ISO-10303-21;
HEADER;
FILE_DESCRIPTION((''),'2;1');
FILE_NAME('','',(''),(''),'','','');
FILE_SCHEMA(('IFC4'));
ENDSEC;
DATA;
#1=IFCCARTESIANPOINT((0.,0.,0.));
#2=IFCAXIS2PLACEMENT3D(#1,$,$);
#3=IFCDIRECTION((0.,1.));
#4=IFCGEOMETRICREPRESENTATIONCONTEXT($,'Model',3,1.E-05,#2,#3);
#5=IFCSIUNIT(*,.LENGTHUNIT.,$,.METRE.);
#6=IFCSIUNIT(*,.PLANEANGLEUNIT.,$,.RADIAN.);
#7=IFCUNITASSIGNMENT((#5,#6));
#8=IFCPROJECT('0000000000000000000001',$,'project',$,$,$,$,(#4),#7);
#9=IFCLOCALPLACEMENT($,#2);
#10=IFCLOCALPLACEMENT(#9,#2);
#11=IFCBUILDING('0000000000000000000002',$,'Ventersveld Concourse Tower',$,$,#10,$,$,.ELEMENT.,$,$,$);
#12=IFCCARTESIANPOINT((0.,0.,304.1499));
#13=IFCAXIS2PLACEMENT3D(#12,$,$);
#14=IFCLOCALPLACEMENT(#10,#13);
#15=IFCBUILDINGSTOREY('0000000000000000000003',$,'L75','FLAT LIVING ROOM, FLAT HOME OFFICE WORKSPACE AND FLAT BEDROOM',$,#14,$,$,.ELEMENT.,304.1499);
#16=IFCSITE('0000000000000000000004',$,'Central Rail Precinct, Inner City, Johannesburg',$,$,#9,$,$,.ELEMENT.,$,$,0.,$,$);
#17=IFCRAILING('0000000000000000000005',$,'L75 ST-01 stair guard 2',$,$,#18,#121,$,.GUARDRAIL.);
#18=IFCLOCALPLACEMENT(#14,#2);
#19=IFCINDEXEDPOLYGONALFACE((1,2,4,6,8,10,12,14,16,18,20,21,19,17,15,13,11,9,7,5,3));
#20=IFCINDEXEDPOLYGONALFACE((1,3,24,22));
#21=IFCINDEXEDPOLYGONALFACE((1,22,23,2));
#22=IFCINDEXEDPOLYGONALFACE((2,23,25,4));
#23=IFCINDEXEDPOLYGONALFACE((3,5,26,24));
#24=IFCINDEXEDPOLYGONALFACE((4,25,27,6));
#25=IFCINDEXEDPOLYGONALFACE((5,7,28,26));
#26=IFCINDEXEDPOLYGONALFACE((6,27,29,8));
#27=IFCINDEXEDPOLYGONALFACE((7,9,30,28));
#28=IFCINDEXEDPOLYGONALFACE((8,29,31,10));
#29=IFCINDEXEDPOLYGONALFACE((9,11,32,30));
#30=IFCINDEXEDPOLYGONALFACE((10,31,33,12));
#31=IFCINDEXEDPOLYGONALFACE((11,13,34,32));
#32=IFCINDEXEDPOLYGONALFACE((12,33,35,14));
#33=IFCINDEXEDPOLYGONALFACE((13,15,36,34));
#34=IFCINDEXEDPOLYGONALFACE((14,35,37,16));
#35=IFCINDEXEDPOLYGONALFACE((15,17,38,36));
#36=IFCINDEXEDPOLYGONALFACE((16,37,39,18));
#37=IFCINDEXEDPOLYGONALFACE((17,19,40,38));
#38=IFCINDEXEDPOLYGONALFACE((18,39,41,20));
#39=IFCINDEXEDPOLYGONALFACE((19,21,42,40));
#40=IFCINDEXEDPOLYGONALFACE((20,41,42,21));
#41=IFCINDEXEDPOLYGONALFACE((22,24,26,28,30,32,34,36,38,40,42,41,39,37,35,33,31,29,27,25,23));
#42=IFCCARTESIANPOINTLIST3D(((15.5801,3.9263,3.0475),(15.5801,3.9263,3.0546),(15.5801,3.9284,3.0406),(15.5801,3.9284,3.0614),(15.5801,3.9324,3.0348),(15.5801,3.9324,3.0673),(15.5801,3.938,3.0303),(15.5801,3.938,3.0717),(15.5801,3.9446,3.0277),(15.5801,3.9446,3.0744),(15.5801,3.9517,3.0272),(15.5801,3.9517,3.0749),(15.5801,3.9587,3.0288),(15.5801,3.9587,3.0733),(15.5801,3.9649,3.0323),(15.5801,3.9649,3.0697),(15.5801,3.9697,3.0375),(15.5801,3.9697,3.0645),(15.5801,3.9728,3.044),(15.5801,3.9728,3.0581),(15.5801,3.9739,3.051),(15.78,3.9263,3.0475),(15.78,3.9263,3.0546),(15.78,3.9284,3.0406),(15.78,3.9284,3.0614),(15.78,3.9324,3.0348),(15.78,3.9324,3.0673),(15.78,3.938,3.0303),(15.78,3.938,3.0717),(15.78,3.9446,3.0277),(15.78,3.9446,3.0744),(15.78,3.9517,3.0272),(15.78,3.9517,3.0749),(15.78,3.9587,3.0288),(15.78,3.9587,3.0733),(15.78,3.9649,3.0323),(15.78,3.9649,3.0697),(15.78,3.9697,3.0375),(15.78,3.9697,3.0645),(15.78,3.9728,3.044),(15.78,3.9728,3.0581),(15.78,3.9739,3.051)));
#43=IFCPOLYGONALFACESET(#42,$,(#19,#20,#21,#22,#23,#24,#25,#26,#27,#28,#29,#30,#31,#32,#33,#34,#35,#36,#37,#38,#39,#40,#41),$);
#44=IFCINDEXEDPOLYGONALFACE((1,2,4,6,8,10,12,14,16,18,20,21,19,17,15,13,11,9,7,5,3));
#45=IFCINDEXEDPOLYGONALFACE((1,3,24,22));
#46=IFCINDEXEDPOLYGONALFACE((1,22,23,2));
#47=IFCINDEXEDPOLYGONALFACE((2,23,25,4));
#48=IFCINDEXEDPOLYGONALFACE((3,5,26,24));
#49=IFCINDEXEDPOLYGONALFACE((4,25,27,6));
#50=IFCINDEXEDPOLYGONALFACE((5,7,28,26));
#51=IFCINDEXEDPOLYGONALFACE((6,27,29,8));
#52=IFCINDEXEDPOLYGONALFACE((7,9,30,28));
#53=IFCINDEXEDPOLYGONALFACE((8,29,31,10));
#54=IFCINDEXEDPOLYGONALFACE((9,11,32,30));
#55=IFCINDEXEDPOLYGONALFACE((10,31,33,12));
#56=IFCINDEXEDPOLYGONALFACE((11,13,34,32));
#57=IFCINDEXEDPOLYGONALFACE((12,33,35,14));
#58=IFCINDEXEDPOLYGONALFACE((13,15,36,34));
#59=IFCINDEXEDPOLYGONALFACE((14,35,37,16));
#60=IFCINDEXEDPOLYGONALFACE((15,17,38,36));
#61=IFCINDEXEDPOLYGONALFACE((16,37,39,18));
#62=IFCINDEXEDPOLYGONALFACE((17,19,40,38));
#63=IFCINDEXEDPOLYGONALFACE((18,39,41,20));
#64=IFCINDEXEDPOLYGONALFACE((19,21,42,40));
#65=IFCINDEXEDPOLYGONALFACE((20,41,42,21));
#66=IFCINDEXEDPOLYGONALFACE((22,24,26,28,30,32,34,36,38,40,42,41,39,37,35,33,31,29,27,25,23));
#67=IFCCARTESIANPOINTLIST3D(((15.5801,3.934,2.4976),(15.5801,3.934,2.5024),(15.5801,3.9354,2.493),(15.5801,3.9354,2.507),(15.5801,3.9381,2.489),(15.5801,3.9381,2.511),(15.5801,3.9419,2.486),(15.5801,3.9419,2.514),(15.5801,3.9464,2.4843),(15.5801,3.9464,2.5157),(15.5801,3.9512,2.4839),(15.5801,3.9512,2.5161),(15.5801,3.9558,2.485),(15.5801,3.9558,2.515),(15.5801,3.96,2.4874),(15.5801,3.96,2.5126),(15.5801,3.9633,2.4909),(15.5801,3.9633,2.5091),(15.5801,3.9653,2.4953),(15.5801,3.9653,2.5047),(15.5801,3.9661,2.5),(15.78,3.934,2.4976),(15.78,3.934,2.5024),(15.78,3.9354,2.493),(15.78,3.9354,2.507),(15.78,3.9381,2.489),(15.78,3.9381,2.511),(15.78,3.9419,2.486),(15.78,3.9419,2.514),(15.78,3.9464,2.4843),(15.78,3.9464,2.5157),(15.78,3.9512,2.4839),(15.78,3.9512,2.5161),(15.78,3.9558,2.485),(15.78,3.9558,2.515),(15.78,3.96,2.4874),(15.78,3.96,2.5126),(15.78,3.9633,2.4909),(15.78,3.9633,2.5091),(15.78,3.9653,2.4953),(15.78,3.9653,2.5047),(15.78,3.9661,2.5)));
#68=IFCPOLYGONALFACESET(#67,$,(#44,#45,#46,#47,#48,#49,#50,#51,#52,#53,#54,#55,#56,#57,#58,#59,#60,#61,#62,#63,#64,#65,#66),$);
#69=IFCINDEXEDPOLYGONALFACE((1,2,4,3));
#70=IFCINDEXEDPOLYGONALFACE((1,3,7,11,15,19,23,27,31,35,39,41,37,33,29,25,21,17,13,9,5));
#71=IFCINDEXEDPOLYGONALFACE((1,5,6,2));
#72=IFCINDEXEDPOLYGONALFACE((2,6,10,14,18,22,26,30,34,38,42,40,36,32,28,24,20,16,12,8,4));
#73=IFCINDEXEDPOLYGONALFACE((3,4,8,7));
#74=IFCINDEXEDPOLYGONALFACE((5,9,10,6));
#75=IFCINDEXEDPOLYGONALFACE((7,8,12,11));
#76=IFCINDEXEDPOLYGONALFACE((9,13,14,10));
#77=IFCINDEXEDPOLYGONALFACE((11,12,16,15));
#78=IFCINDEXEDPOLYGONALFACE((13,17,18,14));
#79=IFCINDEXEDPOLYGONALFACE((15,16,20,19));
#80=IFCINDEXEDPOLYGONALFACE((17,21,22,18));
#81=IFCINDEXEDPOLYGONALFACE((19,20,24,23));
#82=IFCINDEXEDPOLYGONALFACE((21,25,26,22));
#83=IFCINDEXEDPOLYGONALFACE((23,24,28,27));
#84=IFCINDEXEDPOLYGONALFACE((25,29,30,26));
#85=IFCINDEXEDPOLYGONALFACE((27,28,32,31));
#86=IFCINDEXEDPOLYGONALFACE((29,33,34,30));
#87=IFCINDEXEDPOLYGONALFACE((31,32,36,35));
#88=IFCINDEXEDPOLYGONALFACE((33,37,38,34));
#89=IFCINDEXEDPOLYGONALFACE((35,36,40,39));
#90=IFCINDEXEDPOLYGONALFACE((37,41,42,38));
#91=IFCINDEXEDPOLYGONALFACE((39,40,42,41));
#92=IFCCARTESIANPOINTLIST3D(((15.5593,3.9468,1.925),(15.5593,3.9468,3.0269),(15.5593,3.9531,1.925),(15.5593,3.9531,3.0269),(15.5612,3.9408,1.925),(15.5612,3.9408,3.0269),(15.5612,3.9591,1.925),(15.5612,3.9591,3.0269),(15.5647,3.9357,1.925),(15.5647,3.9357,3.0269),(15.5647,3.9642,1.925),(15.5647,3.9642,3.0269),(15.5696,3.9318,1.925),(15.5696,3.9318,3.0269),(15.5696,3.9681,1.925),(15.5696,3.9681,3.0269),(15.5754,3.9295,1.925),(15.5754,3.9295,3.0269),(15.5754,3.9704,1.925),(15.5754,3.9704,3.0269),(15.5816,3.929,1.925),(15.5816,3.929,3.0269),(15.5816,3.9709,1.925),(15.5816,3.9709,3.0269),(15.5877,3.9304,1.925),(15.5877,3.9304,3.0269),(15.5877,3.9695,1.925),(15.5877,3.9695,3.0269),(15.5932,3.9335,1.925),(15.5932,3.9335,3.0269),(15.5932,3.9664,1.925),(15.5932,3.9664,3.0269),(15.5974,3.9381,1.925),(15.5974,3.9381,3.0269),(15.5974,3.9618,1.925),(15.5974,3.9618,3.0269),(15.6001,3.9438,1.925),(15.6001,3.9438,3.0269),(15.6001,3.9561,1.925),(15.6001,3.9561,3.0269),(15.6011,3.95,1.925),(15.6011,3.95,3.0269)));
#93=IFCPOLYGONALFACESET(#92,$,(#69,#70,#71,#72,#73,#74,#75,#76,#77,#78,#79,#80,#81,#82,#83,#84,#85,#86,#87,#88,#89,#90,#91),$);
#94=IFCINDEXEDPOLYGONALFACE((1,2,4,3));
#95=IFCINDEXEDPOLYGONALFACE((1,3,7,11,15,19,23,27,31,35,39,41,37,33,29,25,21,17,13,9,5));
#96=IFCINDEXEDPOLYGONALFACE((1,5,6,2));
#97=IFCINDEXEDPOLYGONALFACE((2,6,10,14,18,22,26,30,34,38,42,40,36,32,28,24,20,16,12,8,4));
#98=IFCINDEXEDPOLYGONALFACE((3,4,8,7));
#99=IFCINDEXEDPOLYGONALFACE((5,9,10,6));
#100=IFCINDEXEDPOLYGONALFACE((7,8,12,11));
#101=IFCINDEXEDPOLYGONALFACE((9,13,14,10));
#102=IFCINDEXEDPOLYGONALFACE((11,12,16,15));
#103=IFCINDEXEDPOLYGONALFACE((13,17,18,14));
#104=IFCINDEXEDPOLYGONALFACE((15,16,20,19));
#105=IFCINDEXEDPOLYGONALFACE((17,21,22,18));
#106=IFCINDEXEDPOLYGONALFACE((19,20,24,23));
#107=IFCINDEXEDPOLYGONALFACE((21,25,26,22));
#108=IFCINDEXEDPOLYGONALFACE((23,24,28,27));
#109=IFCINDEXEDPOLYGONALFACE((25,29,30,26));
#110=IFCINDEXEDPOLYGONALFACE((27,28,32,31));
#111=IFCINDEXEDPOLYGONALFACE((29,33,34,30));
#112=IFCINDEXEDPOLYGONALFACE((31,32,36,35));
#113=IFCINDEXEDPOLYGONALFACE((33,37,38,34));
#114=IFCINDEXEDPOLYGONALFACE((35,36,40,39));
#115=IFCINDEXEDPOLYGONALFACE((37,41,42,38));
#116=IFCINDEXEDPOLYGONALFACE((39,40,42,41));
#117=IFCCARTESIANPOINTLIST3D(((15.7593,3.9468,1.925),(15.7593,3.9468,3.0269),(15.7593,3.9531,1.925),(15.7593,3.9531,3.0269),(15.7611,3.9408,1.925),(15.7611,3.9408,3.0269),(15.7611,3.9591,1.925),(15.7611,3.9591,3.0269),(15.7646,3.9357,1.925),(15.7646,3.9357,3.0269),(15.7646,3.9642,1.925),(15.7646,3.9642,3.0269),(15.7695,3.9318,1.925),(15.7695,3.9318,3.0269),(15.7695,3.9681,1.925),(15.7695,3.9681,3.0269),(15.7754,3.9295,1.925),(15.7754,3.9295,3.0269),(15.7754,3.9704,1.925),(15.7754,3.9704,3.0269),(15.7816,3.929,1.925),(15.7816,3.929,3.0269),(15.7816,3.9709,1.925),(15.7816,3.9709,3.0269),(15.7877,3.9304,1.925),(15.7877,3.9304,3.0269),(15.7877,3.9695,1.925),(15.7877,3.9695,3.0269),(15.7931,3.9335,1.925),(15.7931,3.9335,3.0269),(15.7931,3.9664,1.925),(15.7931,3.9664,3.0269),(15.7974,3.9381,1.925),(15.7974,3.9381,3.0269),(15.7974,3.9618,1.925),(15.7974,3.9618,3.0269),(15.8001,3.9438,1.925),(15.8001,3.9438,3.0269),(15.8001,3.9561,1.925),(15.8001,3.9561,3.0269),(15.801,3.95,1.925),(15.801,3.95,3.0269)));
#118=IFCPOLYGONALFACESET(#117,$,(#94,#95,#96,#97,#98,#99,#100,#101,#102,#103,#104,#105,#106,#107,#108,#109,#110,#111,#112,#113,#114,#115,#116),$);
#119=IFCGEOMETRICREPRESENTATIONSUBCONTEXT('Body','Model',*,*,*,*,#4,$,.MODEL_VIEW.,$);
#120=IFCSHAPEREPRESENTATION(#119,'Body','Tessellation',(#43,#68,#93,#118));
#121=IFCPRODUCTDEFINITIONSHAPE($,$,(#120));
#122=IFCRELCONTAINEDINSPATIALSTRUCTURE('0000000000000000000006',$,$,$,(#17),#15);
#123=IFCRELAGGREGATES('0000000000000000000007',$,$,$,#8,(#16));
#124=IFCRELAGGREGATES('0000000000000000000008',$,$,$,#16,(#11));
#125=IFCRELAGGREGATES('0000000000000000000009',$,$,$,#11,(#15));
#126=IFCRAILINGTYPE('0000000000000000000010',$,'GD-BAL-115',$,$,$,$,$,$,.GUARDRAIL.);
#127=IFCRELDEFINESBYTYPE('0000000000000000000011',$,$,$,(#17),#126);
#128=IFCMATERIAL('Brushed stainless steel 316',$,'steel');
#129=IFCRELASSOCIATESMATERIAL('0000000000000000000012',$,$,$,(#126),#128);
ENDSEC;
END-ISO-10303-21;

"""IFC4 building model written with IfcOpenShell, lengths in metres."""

from ifc_helpers import new_model, si_unit, direction, frame, origin, origin_2d, place, context, subcontext, project, spatial, circle, extrude, material, type_object, element, save


model = new_model("IFC4")

# Units and contexts
model_context = context("Model", 3, precision=1e-05, world=origin(), true_north=direction((0.0, 1.0)))
body_context = subcontext(model_context, "Body", "Model", "MODEL_VIEW")
ifc_project = project(units=[si_unit("LENGTHUNIT", "METRE"), si_unit("PLANEANGLEUNIT", "RADIAN")], contexts=[model_context])

# Site, building, storey
site_placement = place(None, origin())
site = spatial("IfcSite", under=ifc_project, at=site_placement, Name="Central Rail Precinct, Inner City, Johannesburg", CompositionType="ELEMENT", RefElevation=0.0)
building_placement = place(site_placement, origin())
building = spatial("IfcBuilding", under=site, at=building_placement, Name="Ventersveld Concourse Tower", CompositionType="ELEMENT")
storey_placement = place(building_placement, frame((0.0, 0.0, 304.1499)))
storey = spatial("IfcBuildingStorey", under=building, at=storey_placement, Name="L75", Description="FLAT LIVING ROOM, FLAT HOME OFFICE WORKSPACE AND FLAT BEDROOM", CompositionType="ELEMENT", Elevation=304.1499)

# Railing
ifc_material_1 = material(Name="Brushed stainless steel 316", Category="steel")
railing_type_1 = type_object("IfcRailingType", Name="GD-BAL-115", PredefinedType="GUARDRAIL", material=ifc_material_1)
railing_1_placement = place(storey_placement, frame((15.5801, 3.95, 1.925)))
element("IfcRailing", 1, at=railing_1_placement, inside=storey, type_object=railing_type_1, Name="L75 ST-01 stair guard 2", PredefinedType="GUARDRAIL", context=body_context, shape_type="SweptSolid", body=[
    extrude(circle(Radius=0.0239, at=origin_2d()), frame((0.0, 0.0, 1.126), z_axis=(1.0, 0.0, 0.0), x_axis=(0.0, 1.0, 0.0)), (0.0, 0.0, 1.0), 0.2),
    extrude(circle(Radius=0.0161, at=origin_2d()), frame((0.0, 0.0, 0.575), z_axis=(1.0, 0.0, 0.0), x_axis=(0.0, 1.0, 0.0)), (0.0, 0.0, 1.0), 0.2),
    extrude(circle(Radius=0.021, at=origin_2d()), origin(), (0.0, 0.0, 1.0), 1.1018),
    extrude(circle(Radius=0.021, at=origin_2d()), frame((0.2, 0.0, 0.0)), (0.0, 0.0, 1.0), 1.1018),
])

save(model, "model.ifc")
